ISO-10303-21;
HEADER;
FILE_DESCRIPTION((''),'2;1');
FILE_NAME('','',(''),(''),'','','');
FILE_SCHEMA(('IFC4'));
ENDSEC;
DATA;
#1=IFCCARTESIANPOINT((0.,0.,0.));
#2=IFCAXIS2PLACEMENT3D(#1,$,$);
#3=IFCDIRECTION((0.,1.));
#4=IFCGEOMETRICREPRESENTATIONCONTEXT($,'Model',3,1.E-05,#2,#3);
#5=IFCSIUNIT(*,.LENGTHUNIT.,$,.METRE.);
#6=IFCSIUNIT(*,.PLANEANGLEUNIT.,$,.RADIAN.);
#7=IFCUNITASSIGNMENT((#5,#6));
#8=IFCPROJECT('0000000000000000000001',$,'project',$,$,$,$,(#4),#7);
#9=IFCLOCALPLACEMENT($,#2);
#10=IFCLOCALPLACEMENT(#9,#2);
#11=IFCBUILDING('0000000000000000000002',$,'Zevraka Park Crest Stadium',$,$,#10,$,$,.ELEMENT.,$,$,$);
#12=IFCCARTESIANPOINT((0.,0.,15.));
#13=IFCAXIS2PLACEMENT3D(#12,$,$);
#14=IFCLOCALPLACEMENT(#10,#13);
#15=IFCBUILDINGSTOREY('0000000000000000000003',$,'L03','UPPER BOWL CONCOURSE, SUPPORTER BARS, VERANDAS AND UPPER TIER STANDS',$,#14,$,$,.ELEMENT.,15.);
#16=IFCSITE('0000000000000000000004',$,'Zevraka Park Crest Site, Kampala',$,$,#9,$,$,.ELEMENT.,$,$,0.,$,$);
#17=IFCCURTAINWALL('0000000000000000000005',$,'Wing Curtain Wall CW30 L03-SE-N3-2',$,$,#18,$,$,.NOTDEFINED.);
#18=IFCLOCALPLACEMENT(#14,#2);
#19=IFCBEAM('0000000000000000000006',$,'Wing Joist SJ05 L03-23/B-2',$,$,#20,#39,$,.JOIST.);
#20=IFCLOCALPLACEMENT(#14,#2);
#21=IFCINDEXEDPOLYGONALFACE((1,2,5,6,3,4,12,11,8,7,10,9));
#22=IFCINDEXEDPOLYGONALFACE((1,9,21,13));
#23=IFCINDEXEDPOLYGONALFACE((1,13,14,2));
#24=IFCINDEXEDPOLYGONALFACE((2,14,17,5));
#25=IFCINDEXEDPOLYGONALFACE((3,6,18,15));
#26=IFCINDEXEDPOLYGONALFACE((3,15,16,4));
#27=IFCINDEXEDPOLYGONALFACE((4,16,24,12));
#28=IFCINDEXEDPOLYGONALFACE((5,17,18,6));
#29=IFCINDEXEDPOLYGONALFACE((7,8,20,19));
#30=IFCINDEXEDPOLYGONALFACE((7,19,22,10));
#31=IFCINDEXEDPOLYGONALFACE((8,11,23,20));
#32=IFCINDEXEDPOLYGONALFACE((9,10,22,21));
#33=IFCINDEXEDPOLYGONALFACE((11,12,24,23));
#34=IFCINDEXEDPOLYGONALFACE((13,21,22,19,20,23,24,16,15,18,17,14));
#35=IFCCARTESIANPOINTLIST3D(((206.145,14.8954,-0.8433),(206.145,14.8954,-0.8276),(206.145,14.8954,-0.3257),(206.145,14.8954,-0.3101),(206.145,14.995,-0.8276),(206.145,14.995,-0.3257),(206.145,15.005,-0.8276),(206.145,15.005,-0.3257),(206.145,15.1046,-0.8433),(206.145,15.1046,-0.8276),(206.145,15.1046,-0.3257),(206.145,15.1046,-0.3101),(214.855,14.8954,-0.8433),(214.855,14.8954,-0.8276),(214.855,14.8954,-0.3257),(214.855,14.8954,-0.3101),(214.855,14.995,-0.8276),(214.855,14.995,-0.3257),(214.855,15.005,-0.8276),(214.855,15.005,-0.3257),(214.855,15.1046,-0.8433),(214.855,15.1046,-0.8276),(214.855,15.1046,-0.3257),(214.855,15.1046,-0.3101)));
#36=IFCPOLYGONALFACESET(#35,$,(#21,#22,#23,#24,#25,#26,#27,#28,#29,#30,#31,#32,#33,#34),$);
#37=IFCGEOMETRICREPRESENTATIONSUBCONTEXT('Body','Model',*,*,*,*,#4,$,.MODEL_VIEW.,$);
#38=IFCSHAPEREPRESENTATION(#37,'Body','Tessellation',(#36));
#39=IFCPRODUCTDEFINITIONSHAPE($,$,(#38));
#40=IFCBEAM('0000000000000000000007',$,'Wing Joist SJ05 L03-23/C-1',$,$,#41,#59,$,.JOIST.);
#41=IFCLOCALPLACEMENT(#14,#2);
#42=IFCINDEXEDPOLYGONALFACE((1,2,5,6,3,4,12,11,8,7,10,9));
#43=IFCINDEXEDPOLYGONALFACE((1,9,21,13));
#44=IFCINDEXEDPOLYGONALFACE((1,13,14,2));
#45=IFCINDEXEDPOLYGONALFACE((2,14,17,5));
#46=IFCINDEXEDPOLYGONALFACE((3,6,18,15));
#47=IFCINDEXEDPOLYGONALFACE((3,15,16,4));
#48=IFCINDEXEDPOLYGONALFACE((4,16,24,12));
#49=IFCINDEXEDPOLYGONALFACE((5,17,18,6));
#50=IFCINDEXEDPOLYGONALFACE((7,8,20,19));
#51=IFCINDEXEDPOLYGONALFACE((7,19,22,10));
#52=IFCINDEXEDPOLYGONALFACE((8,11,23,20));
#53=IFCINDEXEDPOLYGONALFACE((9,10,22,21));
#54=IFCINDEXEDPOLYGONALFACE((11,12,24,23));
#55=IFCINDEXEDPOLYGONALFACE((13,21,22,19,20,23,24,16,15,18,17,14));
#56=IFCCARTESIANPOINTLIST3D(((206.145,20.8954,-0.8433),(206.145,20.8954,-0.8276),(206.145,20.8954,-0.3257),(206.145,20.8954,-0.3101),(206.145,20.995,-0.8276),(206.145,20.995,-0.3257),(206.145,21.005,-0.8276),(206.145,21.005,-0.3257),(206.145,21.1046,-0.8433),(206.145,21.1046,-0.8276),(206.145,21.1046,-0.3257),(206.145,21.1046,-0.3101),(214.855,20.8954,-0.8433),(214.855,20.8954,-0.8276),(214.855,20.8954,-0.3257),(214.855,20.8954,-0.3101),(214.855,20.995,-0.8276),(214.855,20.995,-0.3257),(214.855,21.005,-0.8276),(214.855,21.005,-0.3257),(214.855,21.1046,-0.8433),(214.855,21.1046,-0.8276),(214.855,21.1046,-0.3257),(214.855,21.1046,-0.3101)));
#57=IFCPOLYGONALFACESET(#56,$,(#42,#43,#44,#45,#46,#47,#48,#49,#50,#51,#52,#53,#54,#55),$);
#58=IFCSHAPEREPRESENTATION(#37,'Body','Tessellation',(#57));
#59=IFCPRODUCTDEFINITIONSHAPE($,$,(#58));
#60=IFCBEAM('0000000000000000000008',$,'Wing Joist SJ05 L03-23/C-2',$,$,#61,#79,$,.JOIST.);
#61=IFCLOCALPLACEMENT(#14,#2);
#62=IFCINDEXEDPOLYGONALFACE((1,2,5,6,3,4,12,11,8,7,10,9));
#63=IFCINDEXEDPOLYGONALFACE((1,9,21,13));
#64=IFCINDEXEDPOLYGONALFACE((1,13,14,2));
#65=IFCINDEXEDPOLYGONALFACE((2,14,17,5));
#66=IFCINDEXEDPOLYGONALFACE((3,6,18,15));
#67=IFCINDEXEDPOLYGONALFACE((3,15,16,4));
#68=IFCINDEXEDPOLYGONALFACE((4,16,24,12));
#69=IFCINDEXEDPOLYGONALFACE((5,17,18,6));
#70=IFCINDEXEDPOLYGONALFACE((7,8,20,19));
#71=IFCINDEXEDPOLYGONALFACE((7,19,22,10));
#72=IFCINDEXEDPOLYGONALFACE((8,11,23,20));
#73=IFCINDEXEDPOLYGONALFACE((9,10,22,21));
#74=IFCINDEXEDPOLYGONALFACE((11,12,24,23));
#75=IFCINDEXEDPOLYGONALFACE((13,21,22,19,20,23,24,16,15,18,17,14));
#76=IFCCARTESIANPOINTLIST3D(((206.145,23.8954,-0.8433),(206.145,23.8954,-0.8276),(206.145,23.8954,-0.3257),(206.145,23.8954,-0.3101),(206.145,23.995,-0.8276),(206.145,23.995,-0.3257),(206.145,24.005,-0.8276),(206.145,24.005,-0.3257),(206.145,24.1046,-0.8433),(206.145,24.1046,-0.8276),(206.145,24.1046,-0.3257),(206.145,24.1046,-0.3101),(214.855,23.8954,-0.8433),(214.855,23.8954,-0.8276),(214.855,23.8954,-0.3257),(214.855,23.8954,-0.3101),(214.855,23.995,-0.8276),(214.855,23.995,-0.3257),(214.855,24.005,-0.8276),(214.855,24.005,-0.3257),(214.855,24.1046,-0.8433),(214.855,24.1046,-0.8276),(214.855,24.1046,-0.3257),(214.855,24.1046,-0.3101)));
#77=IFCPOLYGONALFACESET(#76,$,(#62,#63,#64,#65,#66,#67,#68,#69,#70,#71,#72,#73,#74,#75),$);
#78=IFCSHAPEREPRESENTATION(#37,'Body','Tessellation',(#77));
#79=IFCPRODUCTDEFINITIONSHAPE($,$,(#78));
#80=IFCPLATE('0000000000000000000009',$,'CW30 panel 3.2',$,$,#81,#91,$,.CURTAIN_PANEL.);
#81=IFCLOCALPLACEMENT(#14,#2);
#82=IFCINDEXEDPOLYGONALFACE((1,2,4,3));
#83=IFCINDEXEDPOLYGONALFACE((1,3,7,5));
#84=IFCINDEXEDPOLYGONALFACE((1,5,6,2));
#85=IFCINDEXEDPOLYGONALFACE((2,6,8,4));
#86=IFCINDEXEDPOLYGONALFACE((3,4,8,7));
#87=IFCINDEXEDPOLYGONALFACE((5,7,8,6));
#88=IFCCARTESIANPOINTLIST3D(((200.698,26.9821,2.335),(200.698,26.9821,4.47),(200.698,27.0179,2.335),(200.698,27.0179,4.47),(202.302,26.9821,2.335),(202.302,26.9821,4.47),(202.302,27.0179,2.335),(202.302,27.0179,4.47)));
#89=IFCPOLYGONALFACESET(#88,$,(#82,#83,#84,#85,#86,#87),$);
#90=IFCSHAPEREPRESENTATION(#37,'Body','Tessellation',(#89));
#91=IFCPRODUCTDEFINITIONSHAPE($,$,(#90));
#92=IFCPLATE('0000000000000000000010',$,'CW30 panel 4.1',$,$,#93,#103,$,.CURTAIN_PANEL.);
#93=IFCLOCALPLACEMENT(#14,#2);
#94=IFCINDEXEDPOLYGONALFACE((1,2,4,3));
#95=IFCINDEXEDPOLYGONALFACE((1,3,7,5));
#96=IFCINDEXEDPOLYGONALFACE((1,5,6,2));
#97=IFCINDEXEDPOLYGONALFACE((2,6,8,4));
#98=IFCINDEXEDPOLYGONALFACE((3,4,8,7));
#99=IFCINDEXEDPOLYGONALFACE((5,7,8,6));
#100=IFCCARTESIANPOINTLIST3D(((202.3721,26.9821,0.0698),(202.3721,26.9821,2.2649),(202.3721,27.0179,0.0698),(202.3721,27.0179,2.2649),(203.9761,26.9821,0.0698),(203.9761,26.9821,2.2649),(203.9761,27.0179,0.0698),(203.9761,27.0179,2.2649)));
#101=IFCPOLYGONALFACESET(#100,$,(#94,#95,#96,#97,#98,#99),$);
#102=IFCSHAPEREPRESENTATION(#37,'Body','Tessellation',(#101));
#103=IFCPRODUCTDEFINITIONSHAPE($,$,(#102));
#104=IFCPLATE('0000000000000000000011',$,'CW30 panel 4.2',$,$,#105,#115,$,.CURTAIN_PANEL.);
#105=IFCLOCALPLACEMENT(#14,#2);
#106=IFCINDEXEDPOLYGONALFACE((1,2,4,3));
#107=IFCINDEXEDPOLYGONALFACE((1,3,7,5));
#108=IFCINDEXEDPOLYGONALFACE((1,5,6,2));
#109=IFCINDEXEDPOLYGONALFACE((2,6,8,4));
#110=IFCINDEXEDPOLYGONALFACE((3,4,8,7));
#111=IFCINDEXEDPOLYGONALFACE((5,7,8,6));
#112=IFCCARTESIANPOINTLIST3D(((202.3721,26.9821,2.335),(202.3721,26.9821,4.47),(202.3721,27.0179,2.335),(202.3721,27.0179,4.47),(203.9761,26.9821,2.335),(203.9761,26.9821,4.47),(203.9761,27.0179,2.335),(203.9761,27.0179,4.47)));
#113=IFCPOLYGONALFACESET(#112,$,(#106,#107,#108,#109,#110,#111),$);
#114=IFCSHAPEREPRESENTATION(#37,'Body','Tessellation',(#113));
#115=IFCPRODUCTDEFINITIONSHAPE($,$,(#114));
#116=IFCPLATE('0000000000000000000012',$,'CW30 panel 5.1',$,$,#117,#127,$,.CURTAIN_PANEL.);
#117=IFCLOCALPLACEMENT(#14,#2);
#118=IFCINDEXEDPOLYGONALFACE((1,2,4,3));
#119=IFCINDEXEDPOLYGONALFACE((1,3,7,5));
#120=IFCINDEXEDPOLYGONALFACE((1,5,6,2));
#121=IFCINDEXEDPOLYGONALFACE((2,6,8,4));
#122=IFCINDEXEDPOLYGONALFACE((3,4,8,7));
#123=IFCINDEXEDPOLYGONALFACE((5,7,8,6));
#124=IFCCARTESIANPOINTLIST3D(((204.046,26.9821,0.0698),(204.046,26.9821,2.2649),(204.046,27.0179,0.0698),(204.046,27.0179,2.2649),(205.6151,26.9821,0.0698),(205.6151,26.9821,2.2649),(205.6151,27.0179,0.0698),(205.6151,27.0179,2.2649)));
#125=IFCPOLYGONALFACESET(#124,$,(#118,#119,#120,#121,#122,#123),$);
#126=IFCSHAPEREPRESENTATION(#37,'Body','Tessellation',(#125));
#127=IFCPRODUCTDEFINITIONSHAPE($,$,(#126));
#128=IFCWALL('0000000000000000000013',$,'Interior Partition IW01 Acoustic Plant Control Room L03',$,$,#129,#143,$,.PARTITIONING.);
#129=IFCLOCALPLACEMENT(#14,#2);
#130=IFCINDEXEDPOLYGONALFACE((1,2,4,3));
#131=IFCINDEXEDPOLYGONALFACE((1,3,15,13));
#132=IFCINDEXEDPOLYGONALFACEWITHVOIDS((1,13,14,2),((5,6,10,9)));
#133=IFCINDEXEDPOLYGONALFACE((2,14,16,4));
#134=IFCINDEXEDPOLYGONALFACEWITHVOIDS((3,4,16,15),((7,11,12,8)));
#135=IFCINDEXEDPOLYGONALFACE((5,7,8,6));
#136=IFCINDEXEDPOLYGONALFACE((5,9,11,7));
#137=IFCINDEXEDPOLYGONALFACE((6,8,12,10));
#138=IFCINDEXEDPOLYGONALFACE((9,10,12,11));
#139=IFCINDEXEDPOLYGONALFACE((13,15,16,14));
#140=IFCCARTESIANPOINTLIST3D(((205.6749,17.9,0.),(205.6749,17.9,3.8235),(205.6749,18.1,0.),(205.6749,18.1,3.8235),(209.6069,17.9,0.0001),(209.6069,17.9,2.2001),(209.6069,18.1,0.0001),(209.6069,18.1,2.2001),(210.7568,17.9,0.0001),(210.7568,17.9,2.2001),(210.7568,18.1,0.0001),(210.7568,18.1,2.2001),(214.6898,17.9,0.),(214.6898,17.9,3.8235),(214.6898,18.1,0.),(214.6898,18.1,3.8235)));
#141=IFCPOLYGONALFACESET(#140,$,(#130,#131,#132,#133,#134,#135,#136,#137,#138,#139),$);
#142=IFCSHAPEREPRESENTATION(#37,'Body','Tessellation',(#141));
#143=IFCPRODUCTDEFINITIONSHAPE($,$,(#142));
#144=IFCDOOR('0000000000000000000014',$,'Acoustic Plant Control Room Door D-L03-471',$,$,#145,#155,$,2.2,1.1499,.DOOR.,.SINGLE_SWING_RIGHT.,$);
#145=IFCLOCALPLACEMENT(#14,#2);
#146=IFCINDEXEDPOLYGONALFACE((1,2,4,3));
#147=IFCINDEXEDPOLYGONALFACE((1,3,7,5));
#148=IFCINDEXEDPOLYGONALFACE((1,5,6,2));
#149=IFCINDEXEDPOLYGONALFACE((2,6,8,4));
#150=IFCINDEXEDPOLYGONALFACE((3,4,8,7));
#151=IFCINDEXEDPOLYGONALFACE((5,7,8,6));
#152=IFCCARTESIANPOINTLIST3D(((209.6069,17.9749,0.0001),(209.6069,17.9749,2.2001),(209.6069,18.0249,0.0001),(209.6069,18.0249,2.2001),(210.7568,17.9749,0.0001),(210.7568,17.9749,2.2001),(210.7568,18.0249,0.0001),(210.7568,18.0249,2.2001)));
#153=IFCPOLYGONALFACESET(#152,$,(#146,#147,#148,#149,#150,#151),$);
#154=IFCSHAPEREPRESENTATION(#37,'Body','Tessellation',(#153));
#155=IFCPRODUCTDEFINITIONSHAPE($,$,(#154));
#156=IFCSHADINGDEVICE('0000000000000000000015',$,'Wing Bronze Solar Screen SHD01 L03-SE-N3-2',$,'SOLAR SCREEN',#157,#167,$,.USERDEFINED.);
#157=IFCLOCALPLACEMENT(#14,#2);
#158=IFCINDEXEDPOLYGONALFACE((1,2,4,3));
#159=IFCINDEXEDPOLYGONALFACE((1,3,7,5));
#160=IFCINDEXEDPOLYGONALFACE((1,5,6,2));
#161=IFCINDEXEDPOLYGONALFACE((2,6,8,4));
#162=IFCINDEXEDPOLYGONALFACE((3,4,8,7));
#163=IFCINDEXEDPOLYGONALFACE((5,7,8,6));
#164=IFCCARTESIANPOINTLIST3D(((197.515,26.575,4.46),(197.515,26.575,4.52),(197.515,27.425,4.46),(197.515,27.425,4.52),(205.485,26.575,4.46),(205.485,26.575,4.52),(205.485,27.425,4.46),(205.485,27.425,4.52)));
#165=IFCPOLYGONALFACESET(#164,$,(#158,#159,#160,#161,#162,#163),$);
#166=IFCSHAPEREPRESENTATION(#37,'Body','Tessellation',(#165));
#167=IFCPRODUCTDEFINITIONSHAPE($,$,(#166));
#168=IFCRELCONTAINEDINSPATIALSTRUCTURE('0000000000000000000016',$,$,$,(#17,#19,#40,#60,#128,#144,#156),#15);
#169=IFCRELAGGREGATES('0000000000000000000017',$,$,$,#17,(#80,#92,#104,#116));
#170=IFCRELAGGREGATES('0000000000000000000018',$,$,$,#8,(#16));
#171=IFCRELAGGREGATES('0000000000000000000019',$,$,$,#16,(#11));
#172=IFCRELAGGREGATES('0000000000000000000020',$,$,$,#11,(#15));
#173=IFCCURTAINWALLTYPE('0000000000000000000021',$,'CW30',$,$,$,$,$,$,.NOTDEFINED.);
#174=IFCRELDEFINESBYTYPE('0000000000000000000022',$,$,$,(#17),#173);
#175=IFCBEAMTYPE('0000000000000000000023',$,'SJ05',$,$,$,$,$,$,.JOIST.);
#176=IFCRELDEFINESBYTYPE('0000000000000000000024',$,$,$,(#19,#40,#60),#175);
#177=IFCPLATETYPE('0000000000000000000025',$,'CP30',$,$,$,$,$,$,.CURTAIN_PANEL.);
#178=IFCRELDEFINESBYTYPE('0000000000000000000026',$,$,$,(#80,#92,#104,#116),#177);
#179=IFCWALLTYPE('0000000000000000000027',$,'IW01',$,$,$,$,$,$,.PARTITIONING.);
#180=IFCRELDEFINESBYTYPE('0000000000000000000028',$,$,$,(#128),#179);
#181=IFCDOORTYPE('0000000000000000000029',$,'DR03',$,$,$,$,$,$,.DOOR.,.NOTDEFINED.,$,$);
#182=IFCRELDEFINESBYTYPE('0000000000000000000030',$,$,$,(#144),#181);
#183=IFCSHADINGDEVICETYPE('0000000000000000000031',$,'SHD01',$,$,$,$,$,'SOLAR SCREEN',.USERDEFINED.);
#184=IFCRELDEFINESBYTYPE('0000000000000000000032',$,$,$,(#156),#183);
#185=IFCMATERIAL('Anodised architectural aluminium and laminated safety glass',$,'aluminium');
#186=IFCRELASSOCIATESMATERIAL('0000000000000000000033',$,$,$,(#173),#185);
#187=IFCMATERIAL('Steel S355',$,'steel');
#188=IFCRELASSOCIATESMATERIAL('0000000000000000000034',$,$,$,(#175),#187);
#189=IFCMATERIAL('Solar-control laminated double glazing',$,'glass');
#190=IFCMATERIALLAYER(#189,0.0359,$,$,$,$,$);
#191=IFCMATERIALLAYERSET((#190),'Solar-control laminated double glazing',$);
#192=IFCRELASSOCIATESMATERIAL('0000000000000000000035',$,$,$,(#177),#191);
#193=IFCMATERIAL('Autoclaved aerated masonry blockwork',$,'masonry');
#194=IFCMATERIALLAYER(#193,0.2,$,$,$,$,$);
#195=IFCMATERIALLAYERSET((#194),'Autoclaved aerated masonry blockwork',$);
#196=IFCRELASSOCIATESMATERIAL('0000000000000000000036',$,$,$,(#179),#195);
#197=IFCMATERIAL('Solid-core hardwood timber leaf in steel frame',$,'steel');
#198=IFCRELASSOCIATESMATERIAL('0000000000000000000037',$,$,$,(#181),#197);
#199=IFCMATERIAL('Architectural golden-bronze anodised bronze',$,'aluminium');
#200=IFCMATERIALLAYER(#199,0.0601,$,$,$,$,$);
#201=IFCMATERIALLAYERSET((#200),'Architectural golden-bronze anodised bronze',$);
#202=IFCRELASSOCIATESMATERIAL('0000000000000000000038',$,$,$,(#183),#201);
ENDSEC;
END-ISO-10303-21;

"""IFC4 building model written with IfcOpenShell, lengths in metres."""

from ifc_helpers import new_model, si_unit, direction, frame, frame_2d, origin, origin_2d, place, context, subcontext, project, spatial, rectangle, i_section, extrude, material, layer, layer_set, material_profile, profile_set, type_object, element, fill, aggregate, save


model = new_model("IFC4")

# Units and contexts
model_context = context("Model", 3, precision=1e-05, world=origin(), true_north=direction((0.0, 1.0)))
body_context = subcontext(model_context, "Body", "Model", "MODEL_VIEW")
ifc_project = project(units=[si_unit("LENGTHUNIT", "METRE"), si_unit("PLANEANGLEUNIT", "RADIAN")], contexts=[model_context])

# Site, building, storey
site_placement = place(None, origin())
site = spatial("IfcSite", under=ifc_project, at=site_placement, Name="Zevraka Park Crest Site, Kampala", CompositionType="ELEMENT", RefElevation=0.0)
building_placement = place(site_placement, origin())
building = spatial("IfcBuilding", under=site, at=building_placement, Name="Zevraka Park Crest Stadium", CompositionType="ELEMENT")
storey_placement = place(building_placement, frame((0.0, 0.0, 15.0)))
storey = spatial("IfcBuildingStorey", under=building, at=storey_placement, Name="L03", Description="UPPER BOWL CONCOURSE, SUPPORTER BARS, VERANDAS AND UPPER TIER STANDS", CompositionType="ELEMENT", Elevation=15.0)

# Curtain wall
ifc_material_1 = material(Name="Anodised architectural aluminium and laminated safety glass", Category="aluminium")
curtain_wall_type = type_object("IfcCurtainWallType", Name="CW30", PredefinedType="NOTDEFINED", material=ifc_material_1)
curtain_wall_placement = place(storey_placement, origin())
curtain_wall = element("IfcCurtainWall", 1, at=curtain_wall_placement, inside=storey, type_object=curtain_wall_type, Name="Wing Curtain Wall CW30 L03-SE-N3-2", PredefinedType="NOTDEFINED")

# Beams
ifc_material_2 = material(Name="Steel S355", Category="steel")
ifc_material_profile_1 = material_profile(ifc_material_2, i_section(OverallWidth=0.2092, OverallDepth=0.5332, WebThickness=0.01, FlangeThickness=0.0156, at=origin_2d()), Name="UKB 533x210x92")
ifc_profile_set_1 = profile_set([ifc_material_profile_1], Name="Steel S355")
beam_type_1 = type_object("IfcBeamType", Name="SJ05", PredefinedType="JOIST", material=ifc_profile_set_1)
for number, where, z_axis, x_axis, name in (
    (2, (206.145, 15.0, -0.5767), (1.0, 0.0, 0.0), (0.0, 1.0, 0.0), "Wing Joist SJ05 L03-23/B-2"),
    (3, (206.145, 21.0, -0.5767), (1.0, 0.0, 0.0), (0.0, 1.0, 0.0), "Wing Joist SJ05 L03-23/C-1"),
    (4, (206.145, 24.0, -0.5767), (1.0, 0.0, 0.0), (0.0, 1.0, 0.0), "Wing Joist SJ05 L03-23/C-2"),
):
    element("IfcBeam", number, at=place(storey_placement, frame(where, z_axis=z_axis, x_axis=x_axis)), inside=storey, type_object=beam_type_1, Name=name, PredefinedType="JOIST", context=body_context, shape_type="SweptSolid", body=[
        extrude(i_section(OverallWidth=0.2092, OverallDepth=0.5332, WebThickness=0.01, FlangeThickness=0.0156, at=origin_2d()), origin(), (0.0, 0.0, 1.0), 8.71),
    ])

# Plates
ifc_material_3 = material(Name="Solar-control laminated double glazing", Category="glass")
ifc_layer_1 = layer(ifc_material_3, 0.0359)
ifc_layer_set_1 = layer_set([ifc_layer_1], Name="Solar-control laminated double glazing")
plate_type = type_object("IfcPlateType", Name="CP30", PredefinedType="CURTAIN_PANEL", material=ifc_layer_set_1)
plate_1_placement = place(storey_placement, frame((201.5, 27.0, 2.335), z_axis=(0.0, 0.0, 1.0), x_axis=(1.0, 0.0, 0.0)))
plate_1 = element("IfcPlate", 5, at=plate_1_placement, type_object=plate_type, Name="CW30 panel 3.2", PredefinedType="CURTAIN_PANEL", context=body_context, shape_type="SweptSolid", body=[
    extrude(rectangle(XDim=1.604, YDim=0.0359, at=origin_2d()), origin(), (0.0, 0.0, 1.0), 2.135),
])
plate_2_placement = place(storey_placement, frame((203.1741, 27.0, 0.0698), z_axis=(0.0, 0.0, 1.0), x_axis=(1.0, 0.0, 0.0)))
plate_2 = element("IfcPlate", 6, at=plate_2_placement, type_object=plate_type, Name="CW30 panel 4.1", PredefinedType="CURTAIN_PANEL", context=body_context, shape_type="SweptSolid", body=[
    extrude(rectangle(XDim=1.604, YDim=0.0359, at=origin_2d()), origin(), (0.0, 0.0, 1.0), 2.1951),
])
plate_3_placement = place(storey_placement, frame((203.1741, 27.0, 2.335), z_axis=(0.0, 0.0, 1.0), x_axis=(1.0, 0.0, 0.0)))
plate_3 = element("IfcPlate", 7, at=plate_3_placement, type_object=plate_type, Name="CW30 panel 4.2", PredefinedType="CURTAIN_PANEL", context=body_context, shape_type="SweptSolid", body=[
    extrude(rectangle(XDim=1.604, YDim=0.0359, at=origin_2d()), origin(), (0.0, 0.0, 1.0), 2.135),
])
plate_4_placement = place(storey_placement, frame((204.8306, 27.0, 0.0698), z_axis=(0.0, 0.0, 1.0), x_axis=(1.0, 0.0, 0.0)))
plate_4 = element("IfcPlate", 8, at=plate_4_placement, type_object=plate_type, Name="CW30 panel 5.1", PredefinedType="CURTAIN_PANEL", context=body_context, shape_type="SweptSolid", body=[
    extrude(rectangle(XDim=1.5691, YDim=0.0359, at=origin_2d()), origin(), (0.0, 0.0, 1.0), 2.1951),
])
aggregate(curtain_wall, [plate_1, plate_2, plate_3, plate_4])

# Wall, opening, door
ifc_material_4 = material(Name="Autoclaved aerated masonry blockwork", Category="masonry")
ifc_layer_2 = layer(ifc_material_4, 0.2)
ifc_layer_set_2 = layer_set([ifc_layer_2], Name="Autoclaved aerated masonry blockwork")
wall_type = type_object("IfcWallType", Name="IW01", PredefinedType="PARTITIONING", material=ifc_layer_set_2)
wall_placement = place(storey_placement, frame((205.675, 18.0, 0.0), z_axis=(0.0, 0.0, 1.0), x_axis=(1.0, 0.0, 0.0)))
wall = element("IfcWall", 9, at=wall_placement, inside=storey, type_object=wall_type, Name="Interior Partition IW01 Acoustic Plant Control Room L03", PredefinedType="PARTITIONING", context=body_context, shape_type="SweptSolid", body=[
    extrude(rectangle(XDim=9.0149, YDim=0.2, at=frame_2d((4.5073, 0.0))), origin(), (0.0, 0.0, 1.0), 3.8235),
])
opening_placement = place(wall_placement, frame((3.9319, 0.0, 0.0)))
opening = element("IfcOpeningElement", 10, at=opening_placement, cuts=wall, PredefinedType="OPENING", context=body_context, shape_type="SweptSolid", body=[
    extrude(rectangle(XDim=1.1499, YDim=2.2, at=frame_2d((0.575, 1.1001))), frame((0.0, 0.1099, 0.0), z_axis=(0.0, -1.0, 0.0), x_axis=(1.0, 0.0, 0.0)), (0.0, 0.0, 1.0), 0.22),
])
ifc_material_5 = material(Name="Solid-core hardwood timber leaf in steel frame", Category="steel")
door_type = type_object("IfcDoorType", Name="DR03", OperationType="NOTDEFINED", PredefinedType="DOOR", material=ifc_material_5)
door_placement = place(opening_placement, origin())
door = element("IfcDoor", 11, at=door_placement, inside=storey, type_object=door_type, Name="Acoustic Plant Control Room Door D-L03-471", OperationType="SINGLE_SWING_RIGHT", OverallHeight=2.2, OverallWidth=1.1499, PredefinedType="DOOR", context=body_context, shape_type="SweptSolid", body=[
    extrude(rectangle(XDim=1.1499, YDim=2.2, at=frame_2d((0.575, 1.1001))), frame((0.0, 0.0249, 0.0), z_axis=(0.0, -1.0, 0.0), x_axis=(1.0, 0.0, 0.0)), (0.0, 0.0, 1.0), 0.05),
])
fill(opening, door)

# Shading device
ifc_material_6 = material(Name="Architectural golden-bronze anodised bronze", Category="aluminium")
ifc_layer_3 = layer(ifc_material_6, 0.0601)
ifc_layer_set_3 = layer_set([ifc_layer_3], Name="Architectural golden-bronze anodised bronze")
shading_device_type = type_object("IfcShadingDeviceType", Name="SHD01", ElementType="SOLAR SCREEN", PredefinedType="USERDEFINED", material=ifc_layer_set_3)
shading_device_placement = place(storey_placement, frame((201.5, 27.0, 4.46), z_axis=(0.0, 0.0, 1.0), x_axis=(1.0, 0.0, 0.0)))
element("IfcShadingDevice", 12, at=shading_device_placement, inside=storey, type_object=shading_device_type, Name="Wing Bronze Solar Screen SHD01 L03-SE-N3-2", ObjectType="SOLAR SCREEN", PredefinedType="USERDEFINED", context=body_context, shape_type="SweptSolid", body=[
    extrude(rectangle(XDim=7.97, YDim=0.8501, at=origin_2d()), origin(), (0.0, 0.0, 1.0), 0.0601),
])

save(model, "model.ifc")
